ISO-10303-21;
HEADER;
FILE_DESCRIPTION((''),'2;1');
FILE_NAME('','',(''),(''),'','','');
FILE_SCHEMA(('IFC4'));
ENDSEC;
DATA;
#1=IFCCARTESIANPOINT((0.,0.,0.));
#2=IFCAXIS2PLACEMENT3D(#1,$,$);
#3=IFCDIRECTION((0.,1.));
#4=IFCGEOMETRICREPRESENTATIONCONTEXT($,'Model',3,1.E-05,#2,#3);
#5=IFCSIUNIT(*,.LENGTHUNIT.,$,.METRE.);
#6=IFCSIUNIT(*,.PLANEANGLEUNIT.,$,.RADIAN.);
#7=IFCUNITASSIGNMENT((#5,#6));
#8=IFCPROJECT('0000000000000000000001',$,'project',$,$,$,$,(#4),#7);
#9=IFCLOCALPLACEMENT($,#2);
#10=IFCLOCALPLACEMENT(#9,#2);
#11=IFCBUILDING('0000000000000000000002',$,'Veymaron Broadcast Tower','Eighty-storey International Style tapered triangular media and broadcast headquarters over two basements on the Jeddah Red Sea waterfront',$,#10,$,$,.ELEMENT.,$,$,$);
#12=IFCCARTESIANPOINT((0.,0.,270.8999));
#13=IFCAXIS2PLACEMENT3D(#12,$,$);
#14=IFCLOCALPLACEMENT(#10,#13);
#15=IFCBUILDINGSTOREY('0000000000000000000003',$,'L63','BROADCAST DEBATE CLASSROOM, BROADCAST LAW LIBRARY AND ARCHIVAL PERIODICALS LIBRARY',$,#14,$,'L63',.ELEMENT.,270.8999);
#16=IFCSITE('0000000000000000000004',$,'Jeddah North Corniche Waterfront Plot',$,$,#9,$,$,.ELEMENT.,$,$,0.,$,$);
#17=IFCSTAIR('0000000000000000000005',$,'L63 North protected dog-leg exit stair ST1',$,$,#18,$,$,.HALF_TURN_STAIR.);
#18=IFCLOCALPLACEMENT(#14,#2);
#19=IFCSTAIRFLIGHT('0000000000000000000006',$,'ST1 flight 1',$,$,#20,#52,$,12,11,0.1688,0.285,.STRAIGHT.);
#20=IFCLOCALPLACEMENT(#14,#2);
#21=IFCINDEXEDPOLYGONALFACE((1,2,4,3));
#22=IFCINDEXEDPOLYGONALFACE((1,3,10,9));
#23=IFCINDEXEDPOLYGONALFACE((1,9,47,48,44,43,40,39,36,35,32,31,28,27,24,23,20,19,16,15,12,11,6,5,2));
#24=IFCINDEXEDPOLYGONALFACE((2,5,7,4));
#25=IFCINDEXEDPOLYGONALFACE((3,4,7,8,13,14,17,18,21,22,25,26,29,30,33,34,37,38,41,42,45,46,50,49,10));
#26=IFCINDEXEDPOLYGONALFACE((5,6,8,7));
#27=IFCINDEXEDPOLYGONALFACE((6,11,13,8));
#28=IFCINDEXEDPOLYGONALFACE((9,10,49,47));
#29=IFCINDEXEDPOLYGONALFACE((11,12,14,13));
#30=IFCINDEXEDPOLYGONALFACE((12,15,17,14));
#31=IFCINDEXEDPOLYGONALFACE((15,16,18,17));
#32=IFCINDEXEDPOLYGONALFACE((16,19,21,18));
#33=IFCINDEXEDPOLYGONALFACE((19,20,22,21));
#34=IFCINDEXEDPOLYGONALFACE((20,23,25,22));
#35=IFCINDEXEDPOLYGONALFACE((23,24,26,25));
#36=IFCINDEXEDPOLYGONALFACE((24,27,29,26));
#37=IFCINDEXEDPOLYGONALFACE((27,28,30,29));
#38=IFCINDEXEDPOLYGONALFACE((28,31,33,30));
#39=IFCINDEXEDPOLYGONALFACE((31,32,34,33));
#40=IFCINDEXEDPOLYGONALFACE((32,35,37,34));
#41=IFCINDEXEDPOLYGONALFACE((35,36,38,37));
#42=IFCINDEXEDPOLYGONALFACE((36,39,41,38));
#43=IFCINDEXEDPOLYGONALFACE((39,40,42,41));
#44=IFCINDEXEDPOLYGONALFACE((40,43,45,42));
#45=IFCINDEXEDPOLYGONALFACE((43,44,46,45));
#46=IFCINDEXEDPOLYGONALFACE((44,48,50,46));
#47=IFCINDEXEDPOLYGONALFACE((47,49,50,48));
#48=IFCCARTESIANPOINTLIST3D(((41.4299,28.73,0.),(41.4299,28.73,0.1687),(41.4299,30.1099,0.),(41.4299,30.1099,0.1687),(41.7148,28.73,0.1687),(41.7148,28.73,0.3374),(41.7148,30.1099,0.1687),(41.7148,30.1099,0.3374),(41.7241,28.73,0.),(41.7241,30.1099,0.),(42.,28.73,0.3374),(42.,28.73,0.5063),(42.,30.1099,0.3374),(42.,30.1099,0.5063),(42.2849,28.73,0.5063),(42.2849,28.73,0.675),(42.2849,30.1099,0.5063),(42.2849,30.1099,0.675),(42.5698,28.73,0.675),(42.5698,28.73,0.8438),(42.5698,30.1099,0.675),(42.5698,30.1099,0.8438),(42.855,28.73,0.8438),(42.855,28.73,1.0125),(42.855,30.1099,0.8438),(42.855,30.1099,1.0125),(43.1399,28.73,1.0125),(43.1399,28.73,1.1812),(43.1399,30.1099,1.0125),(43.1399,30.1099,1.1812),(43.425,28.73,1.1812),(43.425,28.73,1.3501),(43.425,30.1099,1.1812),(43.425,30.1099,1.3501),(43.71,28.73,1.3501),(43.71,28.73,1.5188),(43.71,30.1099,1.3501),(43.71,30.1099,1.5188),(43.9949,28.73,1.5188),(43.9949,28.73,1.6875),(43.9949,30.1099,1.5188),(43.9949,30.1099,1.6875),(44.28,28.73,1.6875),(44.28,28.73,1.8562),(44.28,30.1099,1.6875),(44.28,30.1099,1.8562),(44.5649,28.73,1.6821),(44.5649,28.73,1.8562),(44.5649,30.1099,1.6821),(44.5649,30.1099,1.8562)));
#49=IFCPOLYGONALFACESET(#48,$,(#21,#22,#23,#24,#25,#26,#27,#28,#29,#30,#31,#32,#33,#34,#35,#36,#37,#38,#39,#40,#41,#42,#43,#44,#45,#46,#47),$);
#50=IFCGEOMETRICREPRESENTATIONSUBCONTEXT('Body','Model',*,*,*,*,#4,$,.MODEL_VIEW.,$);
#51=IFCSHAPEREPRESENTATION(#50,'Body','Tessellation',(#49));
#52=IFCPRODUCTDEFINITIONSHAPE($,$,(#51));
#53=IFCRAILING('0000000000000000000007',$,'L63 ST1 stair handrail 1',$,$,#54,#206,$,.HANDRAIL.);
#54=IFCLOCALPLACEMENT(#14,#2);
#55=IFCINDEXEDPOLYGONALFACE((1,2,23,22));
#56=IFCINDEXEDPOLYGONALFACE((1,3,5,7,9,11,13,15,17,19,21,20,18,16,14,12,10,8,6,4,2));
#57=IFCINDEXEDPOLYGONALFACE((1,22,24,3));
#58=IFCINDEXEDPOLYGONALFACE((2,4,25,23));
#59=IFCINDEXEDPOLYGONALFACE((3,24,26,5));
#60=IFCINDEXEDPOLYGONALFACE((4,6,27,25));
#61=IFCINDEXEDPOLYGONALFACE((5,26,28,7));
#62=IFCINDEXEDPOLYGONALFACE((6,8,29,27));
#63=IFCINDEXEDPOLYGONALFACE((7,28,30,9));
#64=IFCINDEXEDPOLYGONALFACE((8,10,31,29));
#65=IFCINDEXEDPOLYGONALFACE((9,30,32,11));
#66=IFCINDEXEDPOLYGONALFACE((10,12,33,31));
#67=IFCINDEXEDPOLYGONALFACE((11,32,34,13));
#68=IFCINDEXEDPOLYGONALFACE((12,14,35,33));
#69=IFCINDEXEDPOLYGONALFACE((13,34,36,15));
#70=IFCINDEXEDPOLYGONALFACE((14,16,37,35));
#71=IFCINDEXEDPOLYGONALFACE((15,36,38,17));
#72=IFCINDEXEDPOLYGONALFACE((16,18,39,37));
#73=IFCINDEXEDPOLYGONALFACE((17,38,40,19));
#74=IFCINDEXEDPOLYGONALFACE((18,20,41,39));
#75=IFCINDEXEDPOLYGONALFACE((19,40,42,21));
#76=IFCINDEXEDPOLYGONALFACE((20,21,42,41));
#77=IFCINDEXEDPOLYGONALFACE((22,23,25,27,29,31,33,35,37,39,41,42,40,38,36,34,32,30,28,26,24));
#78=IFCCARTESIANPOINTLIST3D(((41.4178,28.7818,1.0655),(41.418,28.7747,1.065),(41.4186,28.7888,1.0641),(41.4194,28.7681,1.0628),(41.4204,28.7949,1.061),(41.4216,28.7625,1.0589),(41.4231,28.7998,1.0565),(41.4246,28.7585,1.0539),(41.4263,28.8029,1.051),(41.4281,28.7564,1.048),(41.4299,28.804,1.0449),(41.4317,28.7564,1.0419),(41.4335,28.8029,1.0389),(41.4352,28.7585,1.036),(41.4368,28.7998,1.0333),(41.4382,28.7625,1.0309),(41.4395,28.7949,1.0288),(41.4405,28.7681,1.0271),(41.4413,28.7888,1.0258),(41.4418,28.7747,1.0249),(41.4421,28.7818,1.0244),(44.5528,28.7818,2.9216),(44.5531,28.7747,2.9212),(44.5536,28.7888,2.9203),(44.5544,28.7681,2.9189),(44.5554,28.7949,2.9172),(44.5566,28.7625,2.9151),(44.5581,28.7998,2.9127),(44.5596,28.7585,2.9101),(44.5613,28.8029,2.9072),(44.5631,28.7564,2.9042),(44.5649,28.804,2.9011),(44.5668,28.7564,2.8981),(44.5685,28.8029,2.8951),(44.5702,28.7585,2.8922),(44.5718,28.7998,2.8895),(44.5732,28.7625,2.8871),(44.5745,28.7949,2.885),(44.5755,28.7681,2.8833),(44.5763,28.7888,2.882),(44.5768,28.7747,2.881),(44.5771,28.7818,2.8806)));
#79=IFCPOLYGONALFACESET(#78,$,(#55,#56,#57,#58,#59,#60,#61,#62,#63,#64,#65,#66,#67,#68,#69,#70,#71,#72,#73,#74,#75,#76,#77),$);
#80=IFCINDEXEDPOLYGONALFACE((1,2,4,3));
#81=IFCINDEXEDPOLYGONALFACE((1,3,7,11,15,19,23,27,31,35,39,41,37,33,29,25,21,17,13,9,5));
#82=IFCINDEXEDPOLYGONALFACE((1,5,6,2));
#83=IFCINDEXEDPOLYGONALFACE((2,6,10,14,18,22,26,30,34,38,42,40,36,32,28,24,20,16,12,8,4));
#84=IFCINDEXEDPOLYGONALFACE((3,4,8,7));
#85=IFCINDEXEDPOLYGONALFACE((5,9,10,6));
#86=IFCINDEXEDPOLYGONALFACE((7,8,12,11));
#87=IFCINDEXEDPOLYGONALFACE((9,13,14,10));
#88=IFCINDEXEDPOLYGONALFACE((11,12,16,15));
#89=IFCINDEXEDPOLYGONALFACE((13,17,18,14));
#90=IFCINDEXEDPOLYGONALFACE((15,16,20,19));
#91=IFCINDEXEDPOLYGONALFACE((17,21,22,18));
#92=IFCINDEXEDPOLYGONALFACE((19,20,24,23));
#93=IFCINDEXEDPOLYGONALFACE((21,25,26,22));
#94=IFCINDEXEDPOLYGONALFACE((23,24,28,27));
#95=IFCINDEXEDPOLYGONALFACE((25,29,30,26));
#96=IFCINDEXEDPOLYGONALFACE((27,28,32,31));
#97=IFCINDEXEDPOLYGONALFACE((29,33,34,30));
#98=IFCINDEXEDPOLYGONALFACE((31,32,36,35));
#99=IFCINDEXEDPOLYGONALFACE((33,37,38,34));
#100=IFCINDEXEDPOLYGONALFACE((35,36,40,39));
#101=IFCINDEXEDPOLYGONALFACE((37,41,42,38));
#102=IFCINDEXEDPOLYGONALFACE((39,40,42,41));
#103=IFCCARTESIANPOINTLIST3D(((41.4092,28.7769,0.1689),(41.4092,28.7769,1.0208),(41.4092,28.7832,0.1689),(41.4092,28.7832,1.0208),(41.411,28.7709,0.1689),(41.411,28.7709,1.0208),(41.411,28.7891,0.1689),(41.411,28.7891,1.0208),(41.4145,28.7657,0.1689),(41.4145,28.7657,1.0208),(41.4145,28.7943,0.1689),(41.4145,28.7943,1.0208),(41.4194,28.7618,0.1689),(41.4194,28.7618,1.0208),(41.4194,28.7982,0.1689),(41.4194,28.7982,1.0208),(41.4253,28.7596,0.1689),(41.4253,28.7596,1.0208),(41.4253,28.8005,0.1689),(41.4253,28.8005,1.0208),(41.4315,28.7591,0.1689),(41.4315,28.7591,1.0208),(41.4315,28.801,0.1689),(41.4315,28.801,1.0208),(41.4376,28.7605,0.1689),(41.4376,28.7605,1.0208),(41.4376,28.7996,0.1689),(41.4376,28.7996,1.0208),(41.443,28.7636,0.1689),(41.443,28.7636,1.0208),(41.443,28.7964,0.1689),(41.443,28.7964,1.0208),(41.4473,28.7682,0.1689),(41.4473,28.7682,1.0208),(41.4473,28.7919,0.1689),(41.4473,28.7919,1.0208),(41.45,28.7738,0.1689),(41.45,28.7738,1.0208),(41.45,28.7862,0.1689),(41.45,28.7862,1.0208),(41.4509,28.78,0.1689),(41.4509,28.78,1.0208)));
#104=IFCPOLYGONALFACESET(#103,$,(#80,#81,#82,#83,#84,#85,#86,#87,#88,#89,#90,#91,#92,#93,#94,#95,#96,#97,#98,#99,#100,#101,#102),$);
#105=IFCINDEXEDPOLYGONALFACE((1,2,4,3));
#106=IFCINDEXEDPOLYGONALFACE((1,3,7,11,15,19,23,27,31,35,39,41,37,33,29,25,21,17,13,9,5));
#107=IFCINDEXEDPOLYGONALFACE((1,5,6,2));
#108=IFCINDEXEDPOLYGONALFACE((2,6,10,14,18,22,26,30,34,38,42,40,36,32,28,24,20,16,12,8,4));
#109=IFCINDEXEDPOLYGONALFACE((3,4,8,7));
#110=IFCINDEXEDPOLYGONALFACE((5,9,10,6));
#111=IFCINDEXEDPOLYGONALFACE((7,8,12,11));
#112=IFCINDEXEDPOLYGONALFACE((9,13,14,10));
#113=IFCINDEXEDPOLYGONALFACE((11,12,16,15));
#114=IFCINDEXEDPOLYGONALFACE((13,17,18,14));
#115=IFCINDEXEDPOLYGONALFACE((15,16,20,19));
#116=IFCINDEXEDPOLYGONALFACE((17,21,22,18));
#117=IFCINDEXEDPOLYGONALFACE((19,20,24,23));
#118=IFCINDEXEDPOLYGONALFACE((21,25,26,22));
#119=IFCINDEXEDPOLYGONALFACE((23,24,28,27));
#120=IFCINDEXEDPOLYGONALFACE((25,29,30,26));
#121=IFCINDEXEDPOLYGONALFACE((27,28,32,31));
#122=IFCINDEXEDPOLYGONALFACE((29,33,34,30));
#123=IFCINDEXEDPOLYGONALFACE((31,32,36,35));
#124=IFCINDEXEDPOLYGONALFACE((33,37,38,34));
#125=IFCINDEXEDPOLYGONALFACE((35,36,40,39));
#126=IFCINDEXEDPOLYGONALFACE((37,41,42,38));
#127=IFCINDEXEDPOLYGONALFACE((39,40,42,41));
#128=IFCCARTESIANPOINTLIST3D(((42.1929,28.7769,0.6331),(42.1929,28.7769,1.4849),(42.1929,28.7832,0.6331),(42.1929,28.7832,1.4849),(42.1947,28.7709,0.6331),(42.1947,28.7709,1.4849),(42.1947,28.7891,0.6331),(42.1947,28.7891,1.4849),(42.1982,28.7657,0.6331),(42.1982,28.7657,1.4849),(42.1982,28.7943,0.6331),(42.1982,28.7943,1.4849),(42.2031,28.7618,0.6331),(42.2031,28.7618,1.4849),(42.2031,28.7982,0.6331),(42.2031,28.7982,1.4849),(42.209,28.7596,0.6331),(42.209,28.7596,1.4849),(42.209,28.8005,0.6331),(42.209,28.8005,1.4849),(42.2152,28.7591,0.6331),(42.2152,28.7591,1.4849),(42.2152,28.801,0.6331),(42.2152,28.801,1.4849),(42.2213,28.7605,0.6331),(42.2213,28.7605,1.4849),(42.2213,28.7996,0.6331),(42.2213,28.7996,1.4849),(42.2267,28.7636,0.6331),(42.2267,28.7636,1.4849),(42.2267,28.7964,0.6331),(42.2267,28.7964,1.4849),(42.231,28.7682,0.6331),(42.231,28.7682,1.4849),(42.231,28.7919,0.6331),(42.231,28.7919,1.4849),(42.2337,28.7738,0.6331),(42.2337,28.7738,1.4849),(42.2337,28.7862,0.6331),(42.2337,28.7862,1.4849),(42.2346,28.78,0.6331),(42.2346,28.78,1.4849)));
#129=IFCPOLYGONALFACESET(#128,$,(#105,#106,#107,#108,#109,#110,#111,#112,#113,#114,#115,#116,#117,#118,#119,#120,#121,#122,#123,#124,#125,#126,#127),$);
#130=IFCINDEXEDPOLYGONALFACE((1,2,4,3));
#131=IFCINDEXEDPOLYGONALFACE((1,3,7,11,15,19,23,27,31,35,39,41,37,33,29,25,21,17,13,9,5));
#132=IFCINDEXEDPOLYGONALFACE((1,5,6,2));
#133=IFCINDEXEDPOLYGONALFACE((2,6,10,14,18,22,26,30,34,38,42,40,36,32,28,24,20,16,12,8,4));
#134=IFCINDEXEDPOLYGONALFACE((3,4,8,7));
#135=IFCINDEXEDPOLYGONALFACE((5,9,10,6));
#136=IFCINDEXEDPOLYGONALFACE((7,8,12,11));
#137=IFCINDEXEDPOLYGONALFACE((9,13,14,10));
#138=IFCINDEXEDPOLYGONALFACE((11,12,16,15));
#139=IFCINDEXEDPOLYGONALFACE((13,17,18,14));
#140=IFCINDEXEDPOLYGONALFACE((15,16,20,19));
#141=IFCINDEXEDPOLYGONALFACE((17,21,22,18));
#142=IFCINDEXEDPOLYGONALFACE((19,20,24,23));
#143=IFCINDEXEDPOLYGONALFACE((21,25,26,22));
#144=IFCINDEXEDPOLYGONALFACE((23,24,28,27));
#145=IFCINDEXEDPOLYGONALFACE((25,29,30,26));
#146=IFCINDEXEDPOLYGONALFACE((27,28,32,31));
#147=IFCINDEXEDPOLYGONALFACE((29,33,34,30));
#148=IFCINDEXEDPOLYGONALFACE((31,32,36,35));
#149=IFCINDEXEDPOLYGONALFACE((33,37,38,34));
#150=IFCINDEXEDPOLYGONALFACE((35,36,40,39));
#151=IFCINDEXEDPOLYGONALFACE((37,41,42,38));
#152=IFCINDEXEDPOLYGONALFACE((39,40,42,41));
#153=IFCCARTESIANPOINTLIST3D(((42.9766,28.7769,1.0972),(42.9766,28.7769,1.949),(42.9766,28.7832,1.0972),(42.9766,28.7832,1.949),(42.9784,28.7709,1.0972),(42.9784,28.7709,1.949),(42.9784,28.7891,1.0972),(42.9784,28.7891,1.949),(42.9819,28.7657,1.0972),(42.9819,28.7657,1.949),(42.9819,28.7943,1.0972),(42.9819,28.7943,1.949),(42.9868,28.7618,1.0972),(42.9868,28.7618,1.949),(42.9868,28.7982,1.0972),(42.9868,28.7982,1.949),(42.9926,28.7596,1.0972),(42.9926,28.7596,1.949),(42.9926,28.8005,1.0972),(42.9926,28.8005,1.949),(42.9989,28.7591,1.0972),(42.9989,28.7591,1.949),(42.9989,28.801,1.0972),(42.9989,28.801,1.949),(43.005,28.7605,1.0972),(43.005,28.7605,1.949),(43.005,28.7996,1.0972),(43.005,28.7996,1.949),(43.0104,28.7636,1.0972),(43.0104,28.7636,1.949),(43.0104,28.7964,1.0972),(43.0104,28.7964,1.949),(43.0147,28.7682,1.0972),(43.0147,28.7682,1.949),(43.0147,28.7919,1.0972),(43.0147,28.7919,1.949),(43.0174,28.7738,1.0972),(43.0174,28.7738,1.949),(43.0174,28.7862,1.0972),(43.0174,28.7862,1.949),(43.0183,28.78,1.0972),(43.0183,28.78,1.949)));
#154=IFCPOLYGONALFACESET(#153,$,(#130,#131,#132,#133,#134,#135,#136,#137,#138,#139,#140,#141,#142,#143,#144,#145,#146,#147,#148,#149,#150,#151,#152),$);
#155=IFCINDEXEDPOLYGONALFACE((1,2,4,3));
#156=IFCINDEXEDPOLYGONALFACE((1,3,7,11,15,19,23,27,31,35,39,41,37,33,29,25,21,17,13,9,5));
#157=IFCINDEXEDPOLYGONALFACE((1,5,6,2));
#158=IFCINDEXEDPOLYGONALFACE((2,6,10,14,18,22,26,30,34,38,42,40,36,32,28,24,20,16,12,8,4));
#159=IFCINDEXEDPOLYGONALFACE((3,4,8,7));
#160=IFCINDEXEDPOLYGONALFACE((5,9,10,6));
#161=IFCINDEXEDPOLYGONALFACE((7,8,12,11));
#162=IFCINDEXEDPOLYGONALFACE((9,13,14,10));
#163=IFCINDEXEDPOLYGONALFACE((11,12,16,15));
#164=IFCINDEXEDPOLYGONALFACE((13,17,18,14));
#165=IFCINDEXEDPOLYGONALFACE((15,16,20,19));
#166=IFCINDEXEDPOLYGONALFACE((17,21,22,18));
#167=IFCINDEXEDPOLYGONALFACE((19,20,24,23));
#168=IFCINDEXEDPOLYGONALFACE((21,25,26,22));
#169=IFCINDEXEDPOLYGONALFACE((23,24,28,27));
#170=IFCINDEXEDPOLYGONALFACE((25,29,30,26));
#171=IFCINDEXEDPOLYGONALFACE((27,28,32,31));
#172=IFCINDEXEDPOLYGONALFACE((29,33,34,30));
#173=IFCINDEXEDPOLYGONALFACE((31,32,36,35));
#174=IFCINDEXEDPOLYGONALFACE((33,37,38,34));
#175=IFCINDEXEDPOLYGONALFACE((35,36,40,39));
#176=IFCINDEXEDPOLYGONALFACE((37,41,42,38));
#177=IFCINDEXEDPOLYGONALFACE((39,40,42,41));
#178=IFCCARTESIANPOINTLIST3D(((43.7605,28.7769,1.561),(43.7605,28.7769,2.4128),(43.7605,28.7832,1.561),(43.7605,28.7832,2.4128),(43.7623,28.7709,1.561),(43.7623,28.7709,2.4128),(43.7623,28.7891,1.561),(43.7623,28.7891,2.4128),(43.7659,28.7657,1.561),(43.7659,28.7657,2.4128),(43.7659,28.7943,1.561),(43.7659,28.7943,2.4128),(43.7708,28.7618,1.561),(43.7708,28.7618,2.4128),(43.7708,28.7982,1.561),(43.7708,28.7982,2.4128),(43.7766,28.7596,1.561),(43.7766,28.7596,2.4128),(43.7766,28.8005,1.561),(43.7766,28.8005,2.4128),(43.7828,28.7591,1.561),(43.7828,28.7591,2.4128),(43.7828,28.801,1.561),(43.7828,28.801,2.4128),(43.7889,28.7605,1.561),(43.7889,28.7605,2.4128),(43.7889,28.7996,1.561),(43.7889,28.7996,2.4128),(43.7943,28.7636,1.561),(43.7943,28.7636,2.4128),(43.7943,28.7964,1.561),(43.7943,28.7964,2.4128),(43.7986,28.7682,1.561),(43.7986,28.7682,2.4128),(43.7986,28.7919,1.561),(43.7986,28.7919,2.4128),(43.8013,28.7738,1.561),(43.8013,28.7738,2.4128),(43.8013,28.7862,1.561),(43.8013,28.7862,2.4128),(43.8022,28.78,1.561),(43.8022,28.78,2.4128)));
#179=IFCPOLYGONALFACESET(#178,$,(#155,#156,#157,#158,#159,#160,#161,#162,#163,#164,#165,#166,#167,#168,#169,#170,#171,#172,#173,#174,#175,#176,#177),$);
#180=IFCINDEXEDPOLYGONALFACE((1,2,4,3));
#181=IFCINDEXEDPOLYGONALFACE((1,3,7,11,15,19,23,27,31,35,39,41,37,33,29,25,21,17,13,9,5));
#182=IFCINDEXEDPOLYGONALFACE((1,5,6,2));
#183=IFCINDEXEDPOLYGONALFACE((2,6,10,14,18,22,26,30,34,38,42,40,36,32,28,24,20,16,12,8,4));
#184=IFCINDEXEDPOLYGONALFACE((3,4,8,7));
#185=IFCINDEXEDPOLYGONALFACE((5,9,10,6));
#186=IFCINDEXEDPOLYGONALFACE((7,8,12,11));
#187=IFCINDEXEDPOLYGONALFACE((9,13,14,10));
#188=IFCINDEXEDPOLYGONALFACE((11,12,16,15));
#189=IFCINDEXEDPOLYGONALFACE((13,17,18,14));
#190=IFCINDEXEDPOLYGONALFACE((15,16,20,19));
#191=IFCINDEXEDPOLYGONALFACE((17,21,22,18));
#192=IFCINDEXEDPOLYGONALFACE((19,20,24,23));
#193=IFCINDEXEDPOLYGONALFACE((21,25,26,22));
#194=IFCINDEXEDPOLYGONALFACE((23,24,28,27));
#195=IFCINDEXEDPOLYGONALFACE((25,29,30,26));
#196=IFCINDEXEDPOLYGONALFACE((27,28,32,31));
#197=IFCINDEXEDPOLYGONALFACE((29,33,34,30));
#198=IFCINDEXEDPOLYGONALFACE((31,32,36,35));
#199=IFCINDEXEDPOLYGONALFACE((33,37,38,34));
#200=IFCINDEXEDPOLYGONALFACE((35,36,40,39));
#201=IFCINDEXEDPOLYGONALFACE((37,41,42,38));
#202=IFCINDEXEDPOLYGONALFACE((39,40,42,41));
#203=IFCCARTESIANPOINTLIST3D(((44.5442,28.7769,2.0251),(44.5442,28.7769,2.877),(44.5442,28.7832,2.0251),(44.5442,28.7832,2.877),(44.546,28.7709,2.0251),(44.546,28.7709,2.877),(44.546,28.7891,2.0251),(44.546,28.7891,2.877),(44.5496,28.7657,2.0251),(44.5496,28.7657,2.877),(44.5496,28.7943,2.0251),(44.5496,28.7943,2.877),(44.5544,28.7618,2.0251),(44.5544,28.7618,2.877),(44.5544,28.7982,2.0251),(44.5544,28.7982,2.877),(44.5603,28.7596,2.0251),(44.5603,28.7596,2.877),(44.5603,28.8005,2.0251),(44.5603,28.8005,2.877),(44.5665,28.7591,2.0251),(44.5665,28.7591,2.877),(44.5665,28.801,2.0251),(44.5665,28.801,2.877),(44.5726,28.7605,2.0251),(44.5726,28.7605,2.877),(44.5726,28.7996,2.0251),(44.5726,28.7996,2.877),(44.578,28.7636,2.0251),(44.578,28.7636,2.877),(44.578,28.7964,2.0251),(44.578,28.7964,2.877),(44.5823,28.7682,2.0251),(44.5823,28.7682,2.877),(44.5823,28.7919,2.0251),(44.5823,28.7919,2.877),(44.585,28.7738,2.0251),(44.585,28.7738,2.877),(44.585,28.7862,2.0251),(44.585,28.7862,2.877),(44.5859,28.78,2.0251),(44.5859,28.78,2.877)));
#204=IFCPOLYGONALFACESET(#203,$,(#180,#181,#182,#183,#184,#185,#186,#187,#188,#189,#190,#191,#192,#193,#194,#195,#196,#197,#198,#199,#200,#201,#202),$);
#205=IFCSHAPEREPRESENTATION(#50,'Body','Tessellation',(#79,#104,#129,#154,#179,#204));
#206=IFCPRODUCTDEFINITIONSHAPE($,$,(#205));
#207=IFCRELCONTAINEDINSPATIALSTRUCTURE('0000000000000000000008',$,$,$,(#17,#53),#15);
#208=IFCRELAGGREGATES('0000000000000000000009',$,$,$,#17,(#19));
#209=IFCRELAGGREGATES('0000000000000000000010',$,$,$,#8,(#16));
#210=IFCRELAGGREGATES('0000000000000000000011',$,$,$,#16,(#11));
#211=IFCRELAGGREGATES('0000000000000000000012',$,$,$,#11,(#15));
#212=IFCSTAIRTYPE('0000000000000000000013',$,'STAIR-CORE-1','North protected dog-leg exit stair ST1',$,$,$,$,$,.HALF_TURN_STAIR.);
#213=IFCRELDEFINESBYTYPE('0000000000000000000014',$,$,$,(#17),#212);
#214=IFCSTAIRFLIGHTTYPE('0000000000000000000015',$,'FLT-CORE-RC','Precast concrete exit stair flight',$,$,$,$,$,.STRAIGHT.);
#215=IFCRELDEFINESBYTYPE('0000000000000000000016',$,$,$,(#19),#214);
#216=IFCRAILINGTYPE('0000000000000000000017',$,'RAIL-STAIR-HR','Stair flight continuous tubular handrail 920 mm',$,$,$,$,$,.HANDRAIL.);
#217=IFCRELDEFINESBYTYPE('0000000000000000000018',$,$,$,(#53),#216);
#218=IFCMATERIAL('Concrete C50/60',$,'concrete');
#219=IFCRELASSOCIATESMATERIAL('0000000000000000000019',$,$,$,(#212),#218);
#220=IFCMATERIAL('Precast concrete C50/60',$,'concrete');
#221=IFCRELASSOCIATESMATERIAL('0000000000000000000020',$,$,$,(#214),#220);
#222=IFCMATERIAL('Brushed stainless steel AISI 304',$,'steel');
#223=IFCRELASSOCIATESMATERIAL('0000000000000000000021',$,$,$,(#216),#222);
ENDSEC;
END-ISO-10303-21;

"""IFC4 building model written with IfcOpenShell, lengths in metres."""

from ifc_helpers import new_model, si_unit, direction, frame, origin, origin_2d, place, context, subcontext, project, spatial, polyline, circle, outline, extrude, material, type_object, element, aggregate, save


model = new_model("IFC4")

# Units and contexts
model_context = context("Model", 3, precision=1e-05, world=origin(), true_north=direction((0.0, 1.0)))
body_context = subcontext(model_context, "Body", "Model", "MODEL_VIEW")
ifc_project = project(units=[si_unit("LENGTHUNIT", "METRE"), si_unit("PLANEANGLEUNIT", "RADIAN")], contexts=[model_context])

# Site, building, storey
site_placement = place(None, origin())
site = spatial("IfcSite", under=ifc_project, at=site_placement, Name="Jeddah North Corniche Waterfront Plot", CompositionType="ELEMENT", RefElevation=0.0)
building_placement = place(site_placement, origin())
building = spatial("IfcBuilding", under=site, at=building_placement, Name="Veymaron Broadcast Tower", Description="Eighty-storey International Style tapered triangular media and broadcast headquarters over two basements on the Jeddah Red Sea waterfront", CompositionType="ELEMENT")
storey_placement = place(building_placement, frame((0.0, 0.0, 270.8999)))
storey = spatial("IfcBuildingStorey", under=building, at=storey_placement, Name="L63", Description="BROADCAST DEBATE CLASSROOM, BROADCAST LAW LIBRARY AND ARCHIVAL PERIODICALS LIBRARY", LongName="L63", CompositionType="ELEMENT", Elevation=270.8999)

# Shared definitions
ifc_material_1 = material(Name="Concrete C50/60", Category="concrete")

# Stair, stair flight
stair_type = type_object("IfcStairType", Name="STAIR-CORE-1", Description="North protected dog-leg exit stair ST1", PredefinedType="HALF_TURN_STAIR", material=ifc_material_1)
stair_placement = place(storey_placement, origin())
stair = element("IfcStair", 1, at=stair_placement, inside=storey, type_object=stair_type, Name="L63 North protected dog-leg exit stair ST1", PredefinedType="HALF_TURN_STAIR")
ifc_material_2 = material(Name="Precast concrete C50/60", Category="concrete")
stair_flight_type = type_object("IfcStairFlightType", Name="FLT-CORE-RC", Description="Precast concrete exit stair flight", PredefinedType="STRAIGHT", material=ifc_material_2)
stair_flight_placement = place(storey_placement, frame((41.4299, 29.4199, 0.0), z_axis=(0.0, 0.0, 1.0), x_axis=(1.0, 0.0, 0.0)))
stair_flight = element("IfcStairFlight", 2, at=stair_flight_placement, type_object=stair_flight_type, Name="ST1 flight 1", NumberOfRisers=12, NumberOfTreads=11, PredefinedType="STRAIGHT", RiserHeight=0.1688, TreadLength=0.285, context=body_context, shape_type="SweptSolid", body=[
    extrude(outline(polyline([(0.0, 0.0), (0.0, 0.1687), (0.2849, 0.1687), (0.2849, 0.3374), (0.5701, 0.3374), (0.5701, 0.5063), (0.855, 0.5063), (0.855, 0.675), (1.1399, 0.675), (1.1399, 0.8438), (1.425, 0.8438), (1.425, 1.0125), (1.71, 1.0125), (1.71, 1.1812), (1.9951, 1.1812), (1.9951, 1.3501), (2.28, 1.3501), (2.28, 1.5188), (2.5649, 1.5188), (2.5649, 1.6875), (2.8501, 1.6875), (2.8501, 1.8562), (3.135, 1.8562), (3.135, 2.0249), (3.135, 1.6821), (0.2942, 0.0), (0.0, 0.0)])), frame((0.0, 0.6899, 0.0), z_axis=(0.0, -1.0, 0.0), x_axis=(1.0, 0.0, 0.0)), (0.0, 0.0, 1.0), 1.3799),
])
aggregate(stair, [stair_flight])

# Railing
ifc_material_3 = material(Name="Brushed stainless steel AISI 304", Category="steel")
railing_type_1 = type_object("IfcRailingType", Name="RAIL-STAIR-HR", Description="Stair flight continuous tubular handrail 920 mm", PredefinedType="HANDRAIL", material=ifc_material_3)
railing_1_placement = place(storey_placement, frame((41.4299, 28.78, 0.1689)))
element("IfcRailing", 3, at=railing_1_placement, inside=storey, type_object=railing_type_1, Name="L63 ST1 stair handrail 1", PredefinedType="HANDRAIL", context=body_context, shape_type="SweptSolid", body=[
    extrude(circle(Radius=0.0239, at=origin_2d()), frame((0.0, 0.0, 0.876), z_axis=(0.860482, 0.0, 0.509481), x_axis=(0.0, 1.0, 0.0)), (0.0, 0.0, 1.0), 3.6433),
    extrude(circle(Radius=0.021, at=origin_2d()), origin(), (0.0, 0.0, 1.0), 0.8518),
    extrude(circle(Radius=0.021, at=origin_2d()), frame((0.7837, 0.0, 0.4641)), (0.0, 0.0, 1.0), 0.8518),
    extrude(circle(Radius=0.021, at=origin_2d()), frame((1.5674, 0.0, 0.9282)), (0.0, 0.0, 1.0), 0.8518),
    extrude(circle(Radius=0.021, at=origin_2d()), frame((2.3513, 0.0, 1.3921)), (0.0, 0.0, 1.0), 0.8518),
    extrude(circle(Radius=0.021, at=origin_2d()), frame((3.135, 0.0, 1.8562)), (0.0, 0.0, 1.0), 0.8518),
])

save(model, "model.ifc")
